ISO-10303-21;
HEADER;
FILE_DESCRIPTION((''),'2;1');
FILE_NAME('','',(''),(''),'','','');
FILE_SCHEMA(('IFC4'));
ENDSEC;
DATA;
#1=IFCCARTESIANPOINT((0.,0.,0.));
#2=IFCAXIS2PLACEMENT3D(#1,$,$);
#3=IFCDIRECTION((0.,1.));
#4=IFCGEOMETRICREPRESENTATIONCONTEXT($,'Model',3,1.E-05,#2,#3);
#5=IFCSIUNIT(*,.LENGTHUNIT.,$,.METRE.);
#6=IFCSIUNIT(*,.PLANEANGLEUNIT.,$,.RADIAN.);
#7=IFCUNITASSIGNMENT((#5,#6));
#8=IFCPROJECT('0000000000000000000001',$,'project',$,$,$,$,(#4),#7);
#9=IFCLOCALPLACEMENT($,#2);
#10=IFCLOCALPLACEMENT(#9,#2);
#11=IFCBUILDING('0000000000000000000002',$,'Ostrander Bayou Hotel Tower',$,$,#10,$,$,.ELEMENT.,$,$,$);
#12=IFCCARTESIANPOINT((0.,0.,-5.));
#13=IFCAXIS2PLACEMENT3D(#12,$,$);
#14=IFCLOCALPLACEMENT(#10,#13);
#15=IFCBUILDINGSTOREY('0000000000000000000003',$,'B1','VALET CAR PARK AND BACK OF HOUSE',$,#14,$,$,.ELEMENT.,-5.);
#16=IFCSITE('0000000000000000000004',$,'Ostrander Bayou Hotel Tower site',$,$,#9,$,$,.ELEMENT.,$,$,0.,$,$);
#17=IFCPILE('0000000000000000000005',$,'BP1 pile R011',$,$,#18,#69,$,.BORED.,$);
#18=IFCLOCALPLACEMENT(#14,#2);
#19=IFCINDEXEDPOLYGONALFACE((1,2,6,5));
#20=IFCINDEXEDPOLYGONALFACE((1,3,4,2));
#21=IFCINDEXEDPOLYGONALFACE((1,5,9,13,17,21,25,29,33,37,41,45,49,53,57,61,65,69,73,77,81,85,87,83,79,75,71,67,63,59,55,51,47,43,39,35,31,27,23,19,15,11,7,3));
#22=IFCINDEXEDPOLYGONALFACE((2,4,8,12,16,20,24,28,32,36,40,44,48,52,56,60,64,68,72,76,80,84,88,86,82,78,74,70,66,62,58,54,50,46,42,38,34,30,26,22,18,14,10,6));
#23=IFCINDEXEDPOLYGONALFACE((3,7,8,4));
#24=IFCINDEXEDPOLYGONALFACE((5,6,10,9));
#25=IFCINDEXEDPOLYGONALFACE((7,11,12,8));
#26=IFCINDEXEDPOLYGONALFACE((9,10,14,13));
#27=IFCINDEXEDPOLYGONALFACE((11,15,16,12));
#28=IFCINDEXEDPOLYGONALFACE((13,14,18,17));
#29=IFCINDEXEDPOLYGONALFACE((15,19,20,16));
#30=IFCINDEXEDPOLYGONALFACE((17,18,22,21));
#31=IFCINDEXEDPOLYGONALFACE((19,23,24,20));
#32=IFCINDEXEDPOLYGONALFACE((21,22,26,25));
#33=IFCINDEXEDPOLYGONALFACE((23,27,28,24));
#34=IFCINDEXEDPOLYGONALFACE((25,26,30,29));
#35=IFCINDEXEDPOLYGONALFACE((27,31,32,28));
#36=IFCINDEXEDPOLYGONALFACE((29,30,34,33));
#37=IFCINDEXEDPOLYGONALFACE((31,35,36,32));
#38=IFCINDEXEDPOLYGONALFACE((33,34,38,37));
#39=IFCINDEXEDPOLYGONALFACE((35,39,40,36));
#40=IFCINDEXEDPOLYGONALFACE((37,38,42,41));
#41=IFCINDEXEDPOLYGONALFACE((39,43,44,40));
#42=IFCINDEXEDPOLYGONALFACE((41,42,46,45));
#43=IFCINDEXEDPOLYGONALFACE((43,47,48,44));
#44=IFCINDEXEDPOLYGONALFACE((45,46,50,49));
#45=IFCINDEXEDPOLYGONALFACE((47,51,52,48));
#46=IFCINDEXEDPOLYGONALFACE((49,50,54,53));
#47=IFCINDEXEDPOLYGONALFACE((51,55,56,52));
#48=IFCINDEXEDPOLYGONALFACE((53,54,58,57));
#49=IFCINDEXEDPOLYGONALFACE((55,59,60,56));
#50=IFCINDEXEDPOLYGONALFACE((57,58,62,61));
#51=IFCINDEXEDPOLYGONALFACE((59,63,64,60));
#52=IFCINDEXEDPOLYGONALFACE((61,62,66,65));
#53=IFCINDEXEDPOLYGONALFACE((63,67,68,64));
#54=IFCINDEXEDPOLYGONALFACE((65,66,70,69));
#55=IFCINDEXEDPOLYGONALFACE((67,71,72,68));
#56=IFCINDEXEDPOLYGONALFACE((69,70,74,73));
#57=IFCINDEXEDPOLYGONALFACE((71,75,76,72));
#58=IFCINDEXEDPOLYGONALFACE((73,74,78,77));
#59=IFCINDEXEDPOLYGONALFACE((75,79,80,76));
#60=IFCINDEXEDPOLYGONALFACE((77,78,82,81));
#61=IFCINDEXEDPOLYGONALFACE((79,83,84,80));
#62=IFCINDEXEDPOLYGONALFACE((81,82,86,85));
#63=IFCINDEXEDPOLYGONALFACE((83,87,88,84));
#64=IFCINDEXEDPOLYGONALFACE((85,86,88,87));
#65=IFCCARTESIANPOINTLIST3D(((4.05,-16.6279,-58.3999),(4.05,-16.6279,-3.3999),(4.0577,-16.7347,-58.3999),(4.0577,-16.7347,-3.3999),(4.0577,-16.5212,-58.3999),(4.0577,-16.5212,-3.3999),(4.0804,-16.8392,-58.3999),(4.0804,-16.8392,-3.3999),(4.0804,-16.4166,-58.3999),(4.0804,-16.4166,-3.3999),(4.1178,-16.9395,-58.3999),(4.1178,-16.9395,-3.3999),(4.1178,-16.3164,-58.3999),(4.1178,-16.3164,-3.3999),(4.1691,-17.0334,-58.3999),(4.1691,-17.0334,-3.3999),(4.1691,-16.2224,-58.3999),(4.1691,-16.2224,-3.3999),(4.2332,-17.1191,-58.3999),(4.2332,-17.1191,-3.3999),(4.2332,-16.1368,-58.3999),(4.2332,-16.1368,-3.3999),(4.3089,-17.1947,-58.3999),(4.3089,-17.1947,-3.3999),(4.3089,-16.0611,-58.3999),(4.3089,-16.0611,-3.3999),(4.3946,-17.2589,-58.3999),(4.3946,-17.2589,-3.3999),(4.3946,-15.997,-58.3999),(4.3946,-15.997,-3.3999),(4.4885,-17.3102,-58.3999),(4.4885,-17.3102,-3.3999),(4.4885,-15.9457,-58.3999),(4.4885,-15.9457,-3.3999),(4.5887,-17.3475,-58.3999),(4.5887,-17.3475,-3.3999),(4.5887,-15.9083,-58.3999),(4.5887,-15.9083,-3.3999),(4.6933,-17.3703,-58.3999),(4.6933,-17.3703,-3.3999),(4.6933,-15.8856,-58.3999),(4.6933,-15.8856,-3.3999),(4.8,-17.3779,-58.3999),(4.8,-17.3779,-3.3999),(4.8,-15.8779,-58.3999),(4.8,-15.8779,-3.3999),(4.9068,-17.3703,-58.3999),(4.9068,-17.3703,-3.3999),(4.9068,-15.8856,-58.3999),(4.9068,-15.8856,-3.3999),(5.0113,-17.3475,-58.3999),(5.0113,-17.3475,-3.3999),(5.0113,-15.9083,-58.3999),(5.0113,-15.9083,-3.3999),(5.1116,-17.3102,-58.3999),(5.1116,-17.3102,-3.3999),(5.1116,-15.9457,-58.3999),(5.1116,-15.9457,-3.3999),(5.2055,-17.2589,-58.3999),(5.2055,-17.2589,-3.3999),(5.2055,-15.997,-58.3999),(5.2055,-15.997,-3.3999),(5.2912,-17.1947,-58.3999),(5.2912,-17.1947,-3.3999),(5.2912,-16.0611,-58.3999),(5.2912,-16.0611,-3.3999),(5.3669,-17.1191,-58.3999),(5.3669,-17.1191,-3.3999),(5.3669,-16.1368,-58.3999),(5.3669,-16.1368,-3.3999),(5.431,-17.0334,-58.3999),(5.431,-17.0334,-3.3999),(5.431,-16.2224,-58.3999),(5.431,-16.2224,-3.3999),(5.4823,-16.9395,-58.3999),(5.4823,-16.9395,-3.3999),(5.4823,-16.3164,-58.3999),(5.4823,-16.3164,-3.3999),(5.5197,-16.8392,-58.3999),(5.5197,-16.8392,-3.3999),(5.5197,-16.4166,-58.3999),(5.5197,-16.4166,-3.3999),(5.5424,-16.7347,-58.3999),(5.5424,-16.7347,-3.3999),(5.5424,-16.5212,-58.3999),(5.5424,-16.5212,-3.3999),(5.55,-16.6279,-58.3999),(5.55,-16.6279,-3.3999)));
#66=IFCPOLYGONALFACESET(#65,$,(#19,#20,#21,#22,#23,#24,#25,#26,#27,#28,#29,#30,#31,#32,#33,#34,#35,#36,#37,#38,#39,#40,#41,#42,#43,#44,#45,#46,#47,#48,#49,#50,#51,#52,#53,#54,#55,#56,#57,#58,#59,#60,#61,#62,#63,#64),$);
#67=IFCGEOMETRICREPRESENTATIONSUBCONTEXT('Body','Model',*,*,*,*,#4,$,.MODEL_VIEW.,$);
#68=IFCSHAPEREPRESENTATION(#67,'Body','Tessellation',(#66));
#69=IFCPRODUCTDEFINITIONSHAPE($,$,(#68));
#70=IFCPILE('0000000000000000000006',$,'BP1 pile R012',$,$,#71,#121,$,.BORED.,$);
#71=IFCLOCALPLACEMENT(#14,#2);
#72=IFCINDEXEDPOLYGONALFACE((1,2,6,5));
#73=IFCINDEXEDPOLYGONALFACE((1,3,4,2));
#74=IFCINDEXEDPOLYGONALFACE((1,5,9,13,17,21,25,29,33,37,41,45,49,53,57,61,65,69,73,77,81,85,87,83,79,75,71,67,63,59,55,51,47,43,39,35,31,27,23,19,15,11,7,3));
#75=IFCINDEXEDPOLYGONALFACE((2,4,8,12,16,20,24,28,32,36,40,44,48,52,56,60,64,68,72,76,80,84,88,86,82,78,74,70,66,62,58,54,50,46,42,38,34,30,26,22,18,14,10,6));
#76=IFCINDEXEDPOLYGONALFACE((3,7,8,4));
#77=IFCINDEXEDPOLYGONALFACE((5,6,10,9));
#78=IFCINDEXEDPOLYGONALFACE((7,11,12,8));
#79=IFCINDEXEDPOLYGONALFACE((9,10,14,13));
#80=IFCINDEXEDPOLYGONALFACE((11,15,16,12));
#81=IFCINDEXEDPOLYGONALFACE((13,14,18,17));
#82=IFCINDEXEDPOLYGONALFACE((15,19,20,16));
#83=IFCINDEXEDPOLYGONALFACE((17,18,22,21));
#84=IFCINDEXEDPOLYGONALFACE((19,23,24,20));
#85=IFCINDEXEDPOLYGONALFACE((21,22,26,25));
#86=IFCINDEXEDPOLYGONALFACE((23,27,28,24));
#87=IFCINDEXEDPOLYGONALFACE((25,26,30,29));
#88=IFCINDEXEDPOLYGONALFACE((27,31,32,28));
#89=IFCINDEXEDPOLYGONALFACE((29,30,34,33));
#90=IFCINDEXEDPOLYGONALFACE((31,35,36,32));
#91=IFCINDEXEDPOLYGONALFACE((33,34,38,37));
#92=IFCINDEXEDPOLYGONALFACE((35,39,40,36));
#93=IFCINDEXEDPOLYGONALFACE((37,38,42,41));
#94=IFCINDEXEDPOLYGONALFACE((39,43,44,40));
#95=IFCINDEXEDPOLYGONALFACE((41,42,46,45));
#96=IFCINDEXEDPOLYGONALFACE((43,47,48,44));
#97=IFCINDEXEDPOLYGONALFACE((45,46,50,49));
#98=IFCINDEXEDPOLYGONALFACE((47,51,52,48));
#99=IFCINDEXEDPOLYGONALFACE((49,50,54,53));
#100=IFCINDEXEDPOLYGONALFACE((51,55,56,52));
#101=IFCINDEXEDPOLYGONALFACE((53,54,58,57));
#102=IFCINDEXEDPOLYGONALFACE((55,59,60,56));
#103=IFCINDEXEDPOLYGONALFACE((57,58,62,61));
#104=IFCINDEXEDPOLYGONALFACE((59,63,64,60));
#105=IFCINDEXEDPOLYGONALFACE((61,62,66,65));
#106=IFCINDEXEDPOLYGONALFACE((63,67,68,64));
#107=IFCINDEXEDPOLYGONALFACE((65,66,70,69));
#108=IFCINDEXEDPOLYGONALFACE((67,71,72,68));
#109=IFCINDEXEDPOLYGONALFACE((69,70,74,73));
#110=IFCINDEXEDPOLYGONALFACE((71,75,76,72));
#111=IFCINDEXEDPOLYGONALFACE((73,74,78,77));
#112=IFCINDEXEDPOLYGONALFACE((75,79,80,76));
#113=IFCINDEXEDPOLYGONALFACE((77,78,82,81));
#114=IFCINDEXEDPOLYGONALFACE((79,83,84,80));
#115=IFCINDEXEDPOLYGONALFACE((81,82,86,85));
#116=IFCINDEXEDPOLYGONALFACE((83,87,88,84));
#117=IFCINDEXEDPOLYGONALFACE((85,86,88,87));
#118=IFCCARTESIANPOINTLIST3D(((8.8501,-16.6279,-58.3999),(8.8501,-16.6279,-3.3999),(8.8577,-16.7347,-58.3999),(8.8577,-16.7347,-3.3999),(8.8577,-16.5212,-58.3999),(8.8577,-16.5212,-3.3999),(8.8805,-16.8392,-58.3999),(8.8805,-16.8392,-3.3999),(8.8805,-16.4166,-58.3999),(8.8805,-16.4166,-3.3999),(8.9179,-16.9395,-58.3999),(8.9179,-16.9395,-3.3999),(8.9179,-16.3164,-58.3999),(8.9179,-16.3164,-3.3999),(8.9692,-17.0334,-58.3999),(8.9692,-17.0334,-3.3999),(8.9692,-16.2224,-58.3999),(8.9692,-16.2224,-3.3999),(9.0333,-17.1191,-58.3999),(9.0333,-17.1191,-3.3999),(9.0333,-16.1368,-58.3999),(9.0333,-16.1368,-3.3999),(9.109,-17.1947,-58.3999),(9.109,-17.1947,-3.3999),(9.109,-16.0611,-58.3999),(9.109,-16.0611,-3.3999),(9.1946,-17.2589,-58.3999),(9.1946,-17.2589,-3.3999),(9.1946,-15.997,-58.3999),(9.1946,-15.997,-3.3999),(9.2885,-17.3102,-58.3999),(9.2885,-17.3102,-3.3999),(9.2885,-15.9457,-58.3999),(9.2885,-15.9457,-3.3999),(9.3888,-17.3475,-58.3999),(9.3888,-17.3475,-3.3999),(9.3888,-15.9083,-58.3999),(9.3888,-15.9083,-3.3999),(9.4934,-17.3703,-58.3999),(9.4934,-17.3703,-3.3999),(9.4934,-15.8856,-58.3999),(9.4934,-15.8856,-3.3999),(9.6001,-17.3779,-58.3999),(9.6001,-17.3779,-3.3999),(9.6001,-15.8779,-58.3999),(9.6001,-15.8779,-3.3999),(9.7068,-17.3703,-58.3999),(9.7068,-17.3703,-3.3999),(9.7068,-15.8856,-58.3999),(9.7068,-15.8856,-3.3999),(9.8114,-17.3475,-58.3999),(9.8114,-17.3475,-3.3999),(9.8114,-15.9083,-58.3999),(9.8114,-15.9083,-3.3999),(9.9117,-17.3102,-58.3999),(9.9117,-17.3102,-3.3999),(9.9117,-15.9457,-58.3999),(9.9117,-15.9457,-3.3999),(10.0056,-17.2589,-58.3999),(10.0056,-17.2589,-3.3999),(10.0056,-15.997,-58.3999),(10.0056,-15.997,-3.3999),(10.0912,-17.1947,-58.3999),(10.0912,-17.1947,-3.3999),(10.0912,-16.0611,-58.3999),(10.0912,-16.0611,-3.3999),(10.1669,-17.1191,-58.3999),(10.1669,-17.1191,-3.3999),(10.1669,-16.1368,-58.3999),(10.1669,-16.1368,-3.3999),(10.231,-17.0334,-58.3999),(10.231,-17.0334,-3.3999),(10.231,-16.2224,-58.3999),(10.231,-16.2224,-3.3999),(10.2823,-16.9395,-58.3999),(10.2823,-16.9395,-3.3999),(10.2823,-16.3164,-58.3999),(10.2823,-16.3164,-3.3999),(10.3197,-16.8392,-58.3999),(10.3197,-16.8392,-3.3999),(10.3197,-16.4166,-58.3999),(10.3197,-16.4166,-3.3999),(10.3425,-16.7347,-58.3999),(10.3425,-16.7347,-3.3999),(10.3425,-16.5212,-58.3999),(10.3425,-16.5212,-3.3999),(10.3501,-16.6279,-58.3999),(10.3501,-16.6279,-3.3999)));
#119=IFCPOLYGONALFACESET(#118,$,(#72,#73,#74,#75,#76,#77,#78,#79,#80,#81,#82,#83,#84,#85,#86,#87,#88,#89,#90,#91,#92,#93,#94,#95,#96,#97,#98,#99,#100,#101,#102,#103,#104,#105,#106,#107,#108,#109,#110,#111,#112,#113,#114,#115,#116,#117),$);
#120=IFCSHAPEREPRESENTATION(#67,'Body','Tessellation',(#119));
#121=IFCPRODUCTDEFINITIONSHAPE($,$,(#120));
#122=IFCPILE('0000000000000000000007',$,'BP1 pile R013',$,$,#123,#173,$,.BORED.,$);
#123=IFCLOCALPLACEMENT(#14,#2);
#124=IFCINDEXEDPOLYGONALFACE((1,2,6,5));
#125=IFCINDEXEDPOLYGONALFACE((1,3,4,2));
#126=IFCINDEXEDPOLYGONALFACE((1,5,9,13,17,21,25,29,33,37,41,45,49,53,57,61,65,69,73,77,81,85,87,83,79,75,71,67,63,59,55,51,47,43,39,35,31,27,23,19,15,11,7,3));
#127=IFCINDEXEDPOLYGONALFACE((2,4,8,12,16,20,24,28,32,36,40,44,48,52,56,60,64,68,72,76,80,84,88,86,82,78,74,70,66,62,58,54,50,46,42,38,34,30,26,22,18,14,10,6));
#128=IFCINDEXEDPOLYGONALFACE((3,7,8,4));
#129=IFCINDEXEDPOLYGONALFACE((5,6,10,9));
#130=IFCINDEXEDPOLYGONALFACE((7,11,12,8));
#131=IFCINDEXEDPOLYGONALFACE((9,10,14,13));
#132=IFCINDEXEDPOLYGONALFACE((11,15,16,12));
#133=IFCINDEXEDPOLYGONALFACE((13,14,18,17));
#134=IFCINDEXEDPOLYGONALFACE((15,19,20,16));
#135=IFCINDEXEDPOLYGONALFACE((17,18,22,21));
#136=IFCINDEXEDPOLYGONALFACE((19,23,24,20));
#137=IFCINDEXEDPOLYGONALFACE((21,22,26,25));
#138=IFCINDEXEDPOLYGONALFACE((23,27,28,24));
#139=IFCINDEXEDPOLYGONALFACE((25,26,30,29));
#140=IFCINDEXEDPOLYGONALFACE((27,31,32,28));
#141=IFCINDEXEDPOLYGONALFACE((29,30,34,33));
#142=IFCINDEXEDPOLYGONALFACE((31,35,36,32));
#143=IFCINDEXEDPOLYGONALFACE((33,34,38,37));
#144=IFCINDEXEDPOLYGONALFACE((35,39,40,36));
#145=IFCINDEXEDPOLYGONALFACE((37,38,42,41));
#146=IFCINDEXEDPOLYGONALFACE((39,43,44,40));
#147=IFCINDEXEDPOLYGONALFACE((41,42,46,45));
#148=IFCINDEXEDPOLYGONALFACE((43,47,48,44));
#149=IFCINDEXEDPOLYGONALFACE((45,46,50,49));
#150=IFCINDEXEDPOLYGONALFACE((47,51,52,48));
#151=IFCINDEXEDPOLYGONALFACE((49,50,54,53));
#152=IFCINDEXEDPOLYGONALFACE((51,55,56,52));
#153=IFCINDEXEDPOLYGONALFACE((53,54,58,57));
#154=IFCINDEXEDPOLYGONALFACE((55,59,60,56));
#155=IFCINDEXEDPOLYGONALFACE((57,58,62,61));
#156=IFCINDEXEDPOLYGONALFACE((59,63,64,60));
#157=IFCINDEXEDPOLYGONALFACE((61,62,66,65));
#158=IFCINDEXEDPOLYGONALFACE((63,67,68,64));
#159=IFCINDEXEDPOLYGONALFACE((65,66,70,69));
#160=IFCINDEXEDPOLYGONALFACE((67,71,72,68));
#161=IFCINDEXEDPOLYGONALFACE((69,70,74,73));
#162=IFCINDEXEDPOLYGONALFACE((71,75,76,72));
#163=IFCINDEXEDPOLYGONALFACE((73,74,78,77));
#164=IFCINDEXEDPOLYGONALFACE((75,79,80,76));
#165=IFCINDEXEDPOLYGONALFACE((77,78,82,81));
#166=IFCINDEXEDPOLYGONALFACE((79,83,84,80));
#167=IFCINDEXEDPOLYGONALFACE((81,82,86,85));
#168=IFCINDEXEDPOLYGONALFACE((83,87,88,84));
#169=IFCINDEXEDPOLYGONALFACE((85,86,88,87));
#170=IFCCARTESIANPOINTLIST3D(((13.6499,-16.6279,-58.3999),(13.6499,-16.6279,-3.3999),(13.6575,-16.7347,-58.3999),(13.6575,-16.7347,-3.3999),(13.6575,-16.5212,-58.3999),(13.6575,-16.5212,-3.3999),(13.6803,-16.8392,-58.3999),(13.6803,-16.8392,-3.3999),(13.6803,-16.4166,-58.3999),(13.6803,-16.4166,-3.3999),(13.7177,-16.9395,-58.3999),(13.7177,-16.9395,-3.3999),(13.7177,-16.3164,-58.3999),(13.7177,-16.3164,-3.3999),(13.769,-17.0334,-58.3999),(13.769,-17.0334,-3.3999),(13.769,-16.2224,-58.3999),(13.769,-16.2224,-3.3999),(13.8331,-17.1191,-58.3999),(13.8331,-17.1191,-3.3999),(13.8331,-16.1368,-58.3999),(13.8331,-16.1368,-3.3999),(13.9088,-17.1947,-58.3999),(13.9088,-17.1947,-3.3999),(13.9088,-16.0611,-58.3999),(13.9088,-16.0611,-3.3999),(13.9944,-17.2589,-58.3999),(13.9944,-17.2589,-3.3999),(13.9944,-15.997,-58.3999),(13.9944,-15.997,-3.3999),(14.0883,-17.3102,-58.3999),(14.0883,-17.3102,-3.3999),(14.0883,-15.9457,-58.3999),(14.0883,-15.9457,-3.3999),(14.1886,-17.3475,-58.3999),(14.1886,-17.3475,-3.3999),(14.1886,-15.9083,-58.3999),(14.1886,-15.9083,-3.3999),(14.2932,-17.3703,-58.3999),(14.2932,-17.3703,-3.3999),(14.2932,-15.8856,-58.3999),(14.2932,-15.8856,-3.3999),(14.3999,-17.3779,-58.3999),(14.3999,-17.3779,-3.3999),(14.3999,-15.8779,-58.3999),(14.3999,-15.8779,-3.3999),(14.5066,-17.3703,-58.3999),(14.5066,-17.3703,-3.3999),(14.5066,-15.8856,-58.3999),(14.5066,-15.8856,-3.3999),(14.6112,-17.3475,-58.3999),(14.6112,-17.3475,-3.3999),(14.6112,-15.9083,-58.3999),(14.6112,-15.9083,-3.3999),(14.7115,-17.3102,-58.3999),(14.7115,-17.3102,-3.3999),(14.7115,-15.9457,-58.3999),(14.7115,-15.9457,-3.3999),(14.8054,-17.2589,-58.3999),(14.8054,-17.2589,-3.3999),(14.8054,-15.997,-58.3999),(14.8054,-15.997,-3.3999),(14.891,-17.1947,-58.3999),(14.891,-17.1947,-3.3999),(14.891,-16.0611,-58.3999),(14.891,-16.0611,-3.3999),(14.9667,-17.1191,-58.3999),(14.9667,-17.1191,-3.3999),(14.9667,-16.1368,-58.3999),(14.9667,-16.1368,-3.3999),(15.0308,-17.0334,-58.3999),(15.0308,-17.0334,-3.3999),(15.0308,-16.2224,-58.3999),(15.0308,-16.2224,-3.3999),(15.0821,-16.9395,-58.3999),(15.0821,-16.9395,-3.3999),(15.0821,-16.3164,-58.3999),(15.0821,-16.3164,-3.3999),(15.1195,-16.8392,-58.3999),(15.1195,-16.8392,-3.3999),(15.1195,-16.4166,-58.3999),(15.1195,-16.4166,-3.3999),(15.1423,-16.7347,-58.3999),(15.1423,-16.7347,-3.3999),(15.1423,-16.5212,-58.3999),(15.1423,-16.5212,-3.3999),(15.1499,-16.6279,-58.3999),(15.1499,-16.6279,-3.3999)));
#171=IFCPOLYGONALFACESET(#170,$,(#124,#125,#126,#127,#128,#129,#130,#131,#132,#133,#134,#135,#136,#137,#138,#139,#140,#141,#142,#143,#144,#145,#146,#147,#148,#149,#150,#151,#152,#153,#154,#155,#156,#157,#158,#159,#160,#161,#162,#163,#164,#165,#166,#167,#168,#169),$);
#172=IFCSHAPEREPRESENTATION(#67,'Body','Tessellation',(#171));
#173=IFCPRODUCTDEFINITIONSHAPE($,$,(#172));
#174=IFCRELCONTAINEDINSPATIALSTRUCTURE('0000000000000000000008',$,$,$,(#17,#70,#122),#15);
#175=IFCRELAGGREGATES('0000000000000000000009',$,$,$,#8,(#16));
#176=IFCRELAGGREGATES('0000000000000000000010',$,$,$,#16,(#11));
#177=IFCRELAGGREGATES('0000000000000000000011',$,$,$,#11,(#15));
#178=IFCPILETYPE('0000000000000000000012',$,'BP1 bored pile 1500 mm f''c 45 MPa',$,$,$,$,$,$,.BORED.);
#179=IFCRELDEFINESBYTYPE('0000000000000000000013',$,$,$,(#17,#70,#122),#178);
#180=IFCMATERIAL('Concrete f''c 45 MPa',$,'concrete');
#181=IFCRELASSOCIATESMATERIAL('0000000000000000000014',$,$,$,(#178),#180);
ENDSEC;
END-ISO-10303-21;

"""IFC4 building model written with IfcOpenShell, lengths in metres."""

from ifc_helpers import new_model, si_unit, direction, frame, origin, origin_2d, place, context, subcontext, project, spatial, circle, extrude, material, material_profile, profile_set, type_object, element, save


model = new_model("IFC4")

# Units and contexts
model_context = context("Model", 3, precision=1e-05, world=origin(), true_north=direction((0.0, 1.0)))
body_context = subcontext(model_context, "Body", "Model", "MODEL_VIEW")
ifc_project = project(units=[si_unit("LENGTHUNIT", "METRE"), si_unit("PLANEANGLEUNIT", "RADIAN")], contexts=[model_context])

# Site, building, storey
site_placement = place(None, origin())
site = spatial("IfcSite", under=ifc_project, at=site_placement, Name="Ostrander Bayou Hotel Tower site", CompositionType="ELEMENT", RefElevation=0.0)
building_placement = place(site_placement, origin())
building = spatial("IfcBuilding", under=site, at=building_placement, Name="Ostrander Bayou Hotel Tower", CompositionType="ELEMENT")
storey_placement = place(building_placement, frame((0.0, 0.0, -5.0)))
storey = spatial("IfcBuildingStorey", under=building, at=storey_placement, Name="B1", Description="VALET CAR PARK AND BACK OF HOUSE", CompositionType="ELEMENT", Elevation=-5.0)

# Piles
ifc_material_1 = material(Name="Concrete f'c 45 MPa", Category="concrete")
ifc_material_profile_1 = material_profile(ifc_material_1, circle(Radius=0.75, at=origin_2d()))
ifc_profile_set_1 = profile_set([ifc_material_profile_1], Name="Concrete f'c 45 MPa")
pile_type_1 = type_object("IfcPileType", Name="BP1 bored pile 1500 mm f'c 45 MPa", PredefinedType="BORED", material=ifc_profile_set_1)
for number, where, z_axis, x_axis, name in (
    (1, (4.8, -16.6279, -3.3999), (0.0, 0.0, -1.0), (1.0, 0.0, 0.0), "BP1 pile R011"),
    (2, (9.6001, -16.6279, -3.3999), (0.0, 0.0, -1.0), (1.0, 0.0, 0.0), "BP1 pile R012"),
    (3, (14.3999, -16.6279, -3.3999), (0.0, 0.0, -1.0), (1.0, 0.0, 0.0), "BP1 pile R013"),
):
    element("IfcPile", number, at=place(storey_placement, frame(where, z_axis=z_axis, x_axis=x_axis)), inside=storey, type_object=pile_type_1, Name=name, PredefinedType="BORED", context=body_context, shape_type="SweptSolid", body=[
        extrude(circle(Radius=0.75, at=origin_2d()), origin(), (0.0, 0.0, 1.0), 55.0),
    ])

save(model, "model.ifc")
